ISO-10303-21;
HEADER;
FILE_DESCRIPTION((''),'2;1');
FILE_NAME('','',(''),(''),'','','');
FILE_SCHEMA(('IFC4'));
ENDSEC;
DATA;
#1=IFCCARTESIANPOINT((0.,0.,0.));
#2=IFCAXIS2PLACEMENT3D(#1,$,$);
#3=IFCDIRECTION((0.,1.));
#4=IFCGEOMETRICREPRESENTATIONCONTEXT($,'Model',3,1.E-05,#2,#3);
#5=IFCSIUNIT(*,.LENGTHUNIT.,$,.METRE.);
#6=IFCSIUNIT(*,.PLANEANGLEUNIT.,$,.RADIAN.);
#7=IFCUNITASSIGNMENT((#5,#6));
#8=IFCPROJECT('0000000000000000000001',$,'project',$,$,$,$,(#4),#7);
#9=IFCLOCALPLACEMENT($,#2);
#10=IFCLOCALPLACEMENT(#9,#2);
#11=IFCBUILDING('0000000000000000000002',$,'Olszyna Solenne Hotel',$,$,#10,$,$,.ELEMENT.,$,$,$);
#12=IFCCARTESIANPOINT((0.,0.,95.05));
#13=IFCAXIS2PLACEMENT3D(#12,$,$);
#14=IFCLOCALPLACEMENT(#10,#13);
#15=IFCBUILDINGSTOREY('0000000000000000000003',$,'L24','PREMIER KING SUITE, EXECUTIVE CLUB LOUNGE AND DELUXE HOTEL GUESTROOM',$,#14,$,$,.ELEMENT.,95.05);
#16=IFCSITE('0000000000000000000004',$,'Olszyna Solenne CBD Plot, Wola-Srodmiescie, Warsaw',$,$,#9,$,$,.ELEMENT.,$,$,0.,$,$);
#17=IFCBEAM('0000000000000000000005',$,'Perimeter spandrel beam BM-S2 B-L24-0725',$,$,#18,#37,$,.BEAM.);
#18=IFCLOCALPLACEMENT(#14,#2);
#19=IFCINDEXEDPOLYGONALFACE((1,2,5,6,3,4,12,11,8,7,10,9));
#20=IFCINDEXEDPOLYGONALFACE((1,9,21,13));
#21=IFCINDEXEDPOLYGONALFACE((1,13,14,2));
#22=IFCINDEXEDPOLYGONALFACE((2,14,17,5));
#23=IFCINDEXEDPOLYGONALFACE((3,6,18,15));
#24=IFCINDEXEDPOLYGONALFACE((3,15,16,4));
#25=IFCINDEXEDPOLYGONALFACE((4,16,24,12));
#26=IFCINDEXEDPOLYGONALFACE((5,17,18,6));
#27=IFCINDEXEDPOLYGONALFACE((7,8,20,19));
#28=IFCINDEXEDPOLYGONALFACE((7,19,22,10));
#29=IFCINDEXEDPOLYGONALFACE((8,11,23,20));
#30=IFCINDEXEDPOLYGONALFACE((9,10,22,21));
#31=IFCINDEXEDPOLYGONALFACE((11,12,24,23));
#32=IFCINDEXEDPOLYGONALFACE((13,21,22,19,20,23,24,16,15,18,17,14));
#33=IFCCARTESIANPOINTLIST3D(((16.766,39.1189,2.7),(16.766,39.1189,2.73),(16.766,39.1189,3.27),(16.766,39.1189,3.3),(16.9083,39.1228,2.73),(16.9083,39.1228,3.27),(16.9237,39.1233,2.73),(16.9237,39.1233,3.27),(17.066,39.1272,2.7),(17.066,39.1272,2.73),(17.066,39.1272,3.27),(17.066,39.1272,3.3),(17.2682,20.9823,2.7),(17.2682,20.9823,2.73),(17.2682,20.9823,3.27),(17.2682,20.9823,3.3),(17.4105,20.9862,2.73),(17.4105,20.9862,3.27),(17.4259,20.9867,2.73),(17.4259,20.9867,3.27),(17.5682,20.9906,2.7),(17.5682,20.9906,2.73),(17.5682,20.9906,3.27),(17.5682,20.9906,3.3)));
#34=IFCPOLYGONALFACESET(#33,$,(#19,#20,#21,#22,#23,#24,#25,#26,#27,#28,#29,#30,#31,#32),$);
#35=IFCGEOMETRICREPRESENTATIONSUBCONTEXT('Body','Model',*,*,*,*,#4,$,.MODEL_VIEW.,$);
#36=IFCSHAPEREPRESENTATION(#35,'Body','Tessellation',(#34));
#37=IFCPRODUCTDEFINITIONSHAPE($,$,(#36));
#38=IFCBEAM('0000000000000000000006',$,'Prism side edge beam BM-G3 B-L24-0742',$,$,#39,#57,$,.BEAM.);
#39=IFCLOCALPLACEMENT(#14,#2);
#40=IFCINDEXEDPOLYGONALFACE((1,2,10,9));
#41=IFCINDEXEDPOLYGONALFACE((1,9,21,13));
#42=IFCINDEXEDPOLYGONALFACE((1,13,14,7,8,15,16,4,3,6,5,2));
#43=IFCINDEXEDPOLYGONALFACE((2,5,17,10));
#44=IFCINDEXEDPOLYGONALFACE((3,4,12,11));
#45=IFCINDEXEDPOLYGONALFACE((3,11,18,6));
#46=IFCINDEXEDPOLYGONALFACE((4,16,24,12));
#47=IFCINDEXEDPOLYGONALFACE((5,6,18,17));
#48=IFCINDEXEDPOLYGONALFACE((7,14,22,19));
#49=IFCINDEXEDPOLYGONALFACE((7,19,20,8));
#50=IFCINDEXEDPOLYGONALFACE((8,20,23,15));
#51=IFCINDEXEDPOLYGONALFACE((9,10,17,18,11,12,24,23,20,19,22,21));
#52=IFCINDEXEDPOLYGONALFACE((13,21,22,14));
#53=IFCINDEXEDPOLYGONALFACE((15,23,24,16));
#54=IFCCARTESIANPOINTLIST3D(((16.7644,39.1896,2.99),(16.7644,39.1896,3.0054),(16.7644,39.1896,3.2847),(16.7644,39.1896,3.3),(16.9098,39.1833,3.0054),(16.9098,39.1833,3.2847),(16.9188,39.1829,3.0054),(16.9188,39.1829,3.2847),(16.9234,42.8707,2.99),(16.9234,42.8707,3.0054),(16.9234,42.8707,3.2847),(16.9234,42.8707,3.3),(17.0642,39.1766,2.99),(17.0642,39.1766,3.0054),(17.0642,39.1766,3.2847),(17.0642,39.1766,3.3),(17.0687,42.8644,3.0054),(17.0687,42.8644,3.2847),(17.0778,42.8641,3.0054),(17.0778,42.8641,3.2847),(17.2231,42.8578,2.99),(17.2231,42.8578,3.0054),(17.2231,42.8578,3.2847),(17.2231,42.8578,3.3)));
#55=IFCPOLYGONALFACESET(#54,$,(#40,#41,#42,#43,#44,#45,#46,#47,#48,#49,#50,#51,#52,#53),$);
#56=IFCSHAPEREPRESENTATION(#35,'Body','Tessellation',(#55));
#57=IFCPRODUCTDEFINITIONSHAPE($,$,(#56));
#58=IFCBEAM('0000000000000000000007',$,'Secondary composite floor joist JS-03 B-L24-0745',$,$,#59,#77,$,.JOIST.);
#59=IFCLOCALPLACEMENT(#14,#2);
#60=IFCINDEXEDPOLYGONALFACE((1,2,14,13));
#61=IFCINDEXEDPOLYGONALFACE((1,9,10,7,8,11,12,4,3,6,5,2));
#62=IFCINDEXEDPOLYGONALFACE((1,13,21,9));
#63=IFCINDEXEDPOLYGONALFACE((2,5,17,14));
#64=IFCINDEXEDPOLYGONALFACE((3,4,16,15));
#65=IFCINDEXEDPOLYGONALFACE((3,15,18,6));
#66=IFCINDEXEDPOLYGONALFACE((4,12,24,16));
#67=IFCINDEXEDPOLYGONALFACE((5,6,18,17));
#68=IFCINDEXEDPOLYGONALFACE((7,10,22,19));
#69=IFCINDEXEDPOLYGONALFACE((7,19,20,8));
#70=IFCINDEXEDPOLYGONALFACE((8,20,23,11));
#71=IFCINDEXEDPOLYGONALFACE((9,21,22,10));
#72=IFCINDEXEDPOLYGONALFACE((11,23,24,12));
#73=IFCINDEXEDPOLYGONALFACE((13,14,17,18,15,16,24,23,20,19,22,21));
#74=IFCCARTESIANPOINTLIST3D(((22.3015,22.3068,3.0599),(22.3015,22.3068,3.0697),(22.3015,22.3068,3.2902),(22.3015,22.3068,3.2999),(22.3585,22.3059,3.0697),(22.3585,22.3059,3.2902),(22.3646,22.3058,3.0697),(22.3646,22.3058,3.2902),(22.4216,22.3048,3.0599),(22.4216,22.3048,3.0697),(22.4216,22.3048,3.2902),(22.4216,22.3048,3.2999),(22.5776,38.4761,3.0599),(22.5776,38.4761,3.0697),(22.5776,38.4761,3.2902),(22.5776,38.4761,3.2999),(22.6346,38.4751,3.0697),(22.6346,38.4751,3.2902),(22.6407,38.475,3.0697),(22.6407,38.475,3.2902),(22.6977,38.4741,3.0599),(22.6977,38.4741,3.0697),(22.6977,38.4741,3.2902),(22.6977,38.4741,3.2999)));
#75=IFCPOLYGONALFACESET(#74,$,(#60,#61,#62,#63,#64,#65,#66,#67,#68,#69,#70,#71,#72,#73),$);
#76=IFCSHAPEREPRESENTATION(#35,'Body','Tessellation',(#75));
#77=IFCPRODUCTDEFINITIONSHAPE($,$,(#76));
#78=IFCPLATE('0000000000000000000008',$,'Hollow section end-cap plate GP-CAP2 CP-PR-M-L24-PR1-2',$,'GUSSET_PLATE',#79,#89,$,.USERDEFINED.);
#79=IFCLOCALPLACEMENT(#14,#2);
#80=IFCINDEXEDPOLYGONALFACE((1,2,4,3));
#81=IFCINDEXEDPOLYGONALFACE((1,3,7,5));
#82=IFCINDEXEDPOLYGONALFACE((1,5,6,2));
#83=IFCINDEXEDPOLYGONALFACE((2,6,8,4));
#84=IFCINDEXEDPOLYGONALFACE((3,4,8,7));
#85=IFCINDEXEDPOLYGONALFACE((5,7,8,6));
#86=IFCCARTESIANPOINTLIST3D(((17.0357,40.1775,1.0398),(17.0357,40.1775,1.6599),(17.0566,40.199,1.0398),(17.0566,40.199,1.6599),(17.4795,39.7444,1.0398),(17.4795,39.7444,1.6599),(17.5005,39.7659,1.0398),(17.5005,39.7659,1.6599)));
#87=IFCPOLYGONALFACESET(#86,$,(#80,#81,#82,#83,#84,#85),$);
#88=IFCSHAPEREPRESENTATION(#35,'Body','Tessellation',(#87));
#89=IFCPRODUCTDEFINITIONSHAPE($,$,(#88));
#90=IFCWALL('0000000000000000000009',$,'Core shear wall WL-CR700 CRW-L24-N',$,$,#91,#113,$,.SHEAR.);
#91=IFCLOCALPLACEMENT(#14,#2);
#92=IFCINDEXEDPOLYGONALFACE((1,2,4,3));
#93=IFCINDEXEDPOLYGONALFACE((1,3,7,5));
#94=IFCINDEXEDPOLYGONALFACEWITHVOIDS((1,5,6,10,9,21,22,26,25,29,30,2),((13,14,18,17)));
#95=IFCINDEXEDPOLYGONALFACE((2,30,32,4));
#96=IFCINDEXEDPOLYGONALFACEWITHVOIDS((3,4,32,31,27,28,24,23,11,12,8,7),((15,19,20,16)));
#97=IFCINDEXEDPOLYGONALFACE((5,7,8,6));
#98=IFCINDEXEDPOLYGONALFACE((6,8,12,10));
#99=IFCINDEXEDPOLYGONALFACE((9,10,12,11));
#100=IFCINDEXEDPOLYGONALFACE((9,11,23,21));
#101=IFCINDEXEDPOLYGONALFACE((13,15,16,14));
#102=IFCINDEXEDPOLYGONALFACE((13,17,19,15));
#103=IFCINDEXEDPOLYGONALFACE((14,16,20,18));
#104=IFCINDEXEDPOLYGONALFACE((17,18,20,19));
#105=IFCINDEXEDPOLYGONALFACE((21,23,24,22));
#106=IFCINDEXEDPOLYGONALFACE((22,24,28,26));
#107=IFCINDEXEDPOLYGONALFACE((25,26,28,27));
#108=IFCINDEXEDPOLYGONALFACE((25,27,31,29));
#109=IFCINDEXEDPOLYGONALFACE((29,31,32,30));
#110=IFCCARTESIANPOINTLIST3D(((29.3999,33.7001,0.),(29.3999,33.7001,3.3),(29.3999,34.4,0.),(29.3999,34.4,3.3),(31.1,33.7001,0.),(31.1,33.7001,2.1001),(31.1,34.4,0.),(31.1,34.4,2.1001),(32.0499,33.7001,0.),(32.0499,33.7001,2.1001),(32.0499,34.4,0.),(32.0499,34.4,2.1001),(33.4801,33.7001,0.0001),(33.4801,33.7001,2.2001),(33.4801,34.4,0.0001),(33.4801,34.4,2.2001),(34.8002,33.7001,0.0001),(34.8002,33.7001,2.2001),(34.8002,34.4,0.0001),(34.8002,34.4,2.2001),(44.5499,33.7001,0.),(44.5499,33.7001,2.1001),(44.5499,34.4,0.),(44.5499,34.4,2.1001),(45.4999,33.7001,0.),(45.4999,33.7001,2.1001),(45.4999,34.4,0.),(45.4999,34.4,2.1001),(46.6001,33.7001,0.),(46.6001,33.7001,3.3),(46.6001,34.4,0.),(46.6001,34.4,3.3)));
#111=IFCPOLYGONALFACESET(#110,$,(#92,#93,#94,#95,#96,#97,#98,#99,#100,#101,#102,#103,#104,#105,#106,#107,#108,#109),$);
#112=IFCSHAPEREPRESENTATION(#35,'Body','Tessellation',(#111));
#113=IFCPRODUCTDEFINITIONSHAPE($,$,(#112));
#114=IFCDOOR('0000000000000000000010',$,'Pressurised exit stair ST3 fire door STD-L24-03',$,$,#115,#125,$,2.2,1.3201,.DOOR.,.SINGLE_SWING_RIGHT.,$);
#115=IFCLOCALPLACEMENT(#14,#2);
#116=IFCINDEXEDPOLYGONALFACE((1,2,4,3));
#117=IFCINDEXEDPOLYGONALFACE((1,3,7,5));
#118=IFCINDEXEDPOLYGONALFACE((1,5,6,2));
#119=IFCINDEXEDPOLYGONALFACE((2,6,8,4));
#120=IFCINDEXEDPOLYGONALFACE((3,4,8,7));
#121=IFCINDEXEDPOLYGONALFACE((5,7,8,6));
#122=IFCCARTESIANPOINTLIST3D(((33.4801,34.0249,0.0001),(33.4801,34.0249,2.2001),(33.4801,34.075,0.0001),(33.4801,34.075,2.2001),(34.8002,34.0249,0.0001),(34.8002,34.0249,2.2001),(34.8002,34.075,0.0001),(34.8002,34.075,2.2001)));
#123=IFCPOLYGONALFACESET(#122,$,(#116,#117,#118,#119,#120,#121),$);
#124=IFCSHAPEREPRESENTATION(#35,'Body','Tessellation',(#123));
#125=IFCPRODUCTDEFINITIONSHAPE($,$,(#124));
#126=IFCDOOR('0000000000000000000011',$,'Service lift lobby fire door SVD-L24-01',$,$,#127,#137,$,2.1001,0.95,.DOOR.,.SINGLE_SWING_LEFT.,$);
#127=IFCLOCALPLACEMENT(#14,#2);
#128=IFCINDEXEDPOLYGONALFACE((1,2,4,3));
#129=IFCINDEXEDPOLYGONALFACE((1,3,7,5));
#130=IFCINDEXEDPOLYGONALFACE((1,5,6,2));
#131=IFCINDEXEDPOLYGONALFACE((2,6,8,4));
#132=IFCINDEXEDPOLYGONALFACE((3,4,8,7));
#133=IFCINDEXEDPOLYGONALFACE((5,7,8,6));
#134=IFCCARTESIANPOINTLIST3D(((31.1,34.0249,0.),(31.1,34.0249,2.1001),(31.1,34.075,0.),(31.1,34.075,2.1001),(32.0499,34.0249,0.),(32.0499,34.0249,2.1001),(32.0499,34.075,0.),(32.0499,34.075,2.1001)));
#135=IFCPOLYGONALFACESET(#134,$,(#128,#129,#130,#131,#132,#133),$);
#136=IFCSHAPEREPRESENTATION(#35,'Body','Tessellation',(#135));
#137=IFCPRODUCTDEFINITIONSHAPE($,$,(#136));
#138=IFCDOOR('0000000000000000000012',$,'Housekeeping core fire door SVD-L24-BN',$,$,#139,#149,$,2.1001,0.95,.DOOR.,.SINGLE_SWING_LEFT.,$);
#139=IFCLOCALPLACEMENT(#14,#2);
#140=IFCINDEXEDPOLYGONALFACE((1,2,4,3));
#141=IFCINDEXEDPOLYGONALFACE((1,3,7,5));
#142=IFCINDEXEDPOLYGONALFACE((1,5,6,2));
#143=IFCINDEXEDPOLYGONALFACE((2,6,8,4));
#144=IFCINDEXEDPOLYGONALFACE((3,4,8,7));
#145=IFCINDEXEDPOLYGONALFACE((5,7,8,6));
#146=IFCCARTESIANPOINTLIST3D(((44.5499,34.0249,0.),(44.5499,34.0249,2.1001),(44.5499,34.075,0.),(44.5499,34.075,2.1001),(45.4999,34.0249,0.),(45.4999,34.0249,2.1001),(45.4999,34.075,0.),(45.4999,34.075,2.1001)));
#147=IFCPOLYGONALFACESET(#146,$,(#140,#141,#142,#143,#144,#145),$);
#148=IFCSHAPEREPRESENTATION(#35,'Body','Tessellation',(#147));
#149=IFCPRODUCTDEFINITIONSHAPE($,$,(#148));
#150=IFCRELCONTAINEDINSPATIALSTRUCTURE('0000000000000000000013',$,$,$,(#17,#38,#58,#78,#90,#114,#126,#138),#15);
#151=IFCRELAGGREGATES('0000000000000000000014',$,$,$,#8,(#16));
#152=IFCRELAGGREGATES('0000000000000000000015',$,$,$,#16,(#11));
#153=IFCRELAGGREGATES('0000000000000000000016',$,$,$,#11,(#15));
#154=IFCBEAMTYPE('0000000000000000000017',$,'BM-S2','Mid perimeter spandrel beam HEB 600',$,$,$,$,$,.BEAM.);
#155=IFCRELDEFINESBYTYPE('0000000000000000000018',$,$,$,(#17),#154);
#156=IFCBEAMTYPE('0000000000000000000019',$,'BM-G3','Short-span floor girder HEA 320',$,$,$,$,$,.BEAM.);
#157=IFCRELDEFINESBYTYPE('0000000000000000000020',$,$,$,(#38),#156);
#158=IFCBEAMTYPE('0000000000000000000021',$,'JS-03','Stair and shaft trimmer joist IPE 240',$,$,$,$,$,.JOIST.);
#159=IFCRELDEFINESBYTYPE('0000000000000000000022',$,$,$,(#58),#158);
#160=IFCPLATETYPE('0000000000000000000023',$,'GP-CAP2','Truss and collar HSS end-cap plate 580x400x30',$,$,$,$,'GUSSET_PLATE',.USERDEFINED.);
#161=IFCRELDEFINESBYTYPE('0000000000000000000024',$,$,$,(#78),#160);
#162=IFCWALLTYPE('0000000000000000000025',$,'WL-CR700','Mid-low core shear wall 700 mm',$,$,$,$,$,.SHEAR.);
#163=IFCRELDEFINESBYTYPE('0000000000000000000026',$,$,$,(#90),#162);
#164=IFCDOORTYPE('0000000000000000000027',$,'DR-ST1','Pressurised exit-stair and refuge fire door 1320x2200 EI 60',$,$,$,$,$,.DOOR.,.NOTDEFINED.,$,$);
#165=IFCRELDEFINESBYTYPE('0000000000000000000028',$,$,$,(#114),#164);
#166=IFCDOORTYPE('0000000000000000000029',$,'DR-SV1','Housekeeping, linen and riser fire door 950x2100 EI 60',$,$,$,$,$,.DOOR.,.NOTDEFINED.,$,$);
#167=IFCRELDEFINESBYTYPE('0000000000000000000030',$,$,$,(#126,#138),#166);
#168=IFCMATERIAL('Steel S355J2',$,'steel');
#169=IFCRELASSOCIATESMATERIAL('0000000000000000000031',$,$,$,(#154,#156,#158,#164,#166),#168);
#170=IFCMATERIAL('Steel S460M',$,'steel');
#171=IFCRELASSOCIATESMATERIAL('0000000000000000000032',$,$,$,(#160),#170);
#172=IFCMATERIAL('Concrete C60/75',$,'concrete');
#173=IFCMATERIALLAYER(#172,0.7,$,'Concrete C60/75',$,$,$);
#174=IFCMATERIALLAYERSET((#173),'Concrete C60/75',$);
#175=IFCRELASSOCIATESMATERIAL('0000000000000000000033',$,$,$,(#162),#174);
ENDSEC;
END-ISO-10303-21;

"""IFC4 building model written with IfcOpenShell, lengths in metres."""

from ifc_helpers import new_model, si_unit, direction, frame, frame_2d, origin, origin_2d, place, context, subcontext, project, spatial, rectangle, i_section, extrude, source, transform, mapped, material, layer, layer_set, material_profile, profile_set, type_object, type_shapes, element, fill, save


model = new_model("IFC4")

# Units and contexts
model_context = context("Model", 3, precision=1e-05, world=origin(), true_north=direction((0.0, 1.0)))
body_context = subcontext(model_context, "Body", "Model", "MODEL_VIEW")
ifc_project = project(units=[si_unit("LENGTHUNIT", "METRE"), si_unit("PLANEANGLEUNIT", "RADIAN")], contexts=[model_context])

# Site, building, storey
site_placement = place(None, origin())
site = spatial("IfcSite", under=ifc_project, at=site_placement, Name="Olszyna Solenne CBD Plot, Wola-Srodmiescie, Warsaw", CompositionType="ELEMENT", RefElevation=0.0)
building_placement = place(site_placement, origin())
building = spatial("IfcBuilding", under=site, at=building_placement, Name="Olszyna Solenne Hotel", CompositionType="ELEMENT")
storey_placement = place(building_placement, frame((0.0, 0.0, 95.05)))
storey = spatial("IfcBuildingStorey", under=building, at=storey_placement, Name="L24", Description="PREMIER KING SUITE, EXECUTIVE CLUB LOUNGE AND DELUXE HOTEL GUESTROOM", CompositionType="ELEMENT", Elevation=95.05)

# Beams
ifc_material_1 = material(Name="Steel S355J2", Category="steel")
ifc_material_profile_1 = material_profile(ifc_material_1, i_section(OverallWidth=0.3, OverallDepth=0.6001, WebThickness=0.0154, FlangeThickness=0.03, at=origin_2d()), Name="HEB 600", Category="load-bearing")
ifc_profile_set_1 = profile_set([ifc_material_profile_1], Name="Steel S355J2")
beam_type_1 = type_object("IfcBeamType", Name="BM-S2", Description="Mid perimeter spandrel beam HEB 600", PredefinedType="BEAM", material=ifc_profile_set_1)
shared_shape_1 = source(origin(), body_context, "Body", "SweptSolid", [
    extrude(i_section(OverallWidth=0.3, OverallDepth=0.6001, WebThickness=0.0154, FlangeThickness=0.03, at=origin_2d()), origin(), (0.0, 0.0, 1.0), 18.1436),
])
beam_1_placement = place(storey_placement, frame((16.916, 39.123, 3.0), z_axis=(0.027679, -0.999617, 0.0), x_axis=(0.999617, 0.027679, 0.0)))
element("IfcBeam", 1, at=beam_1_placement, inside=storey, type_object=beam_type_1, Name="Perimeter spandrel beam BM-S2 B-L24-0725", PredefinedType="BEAM", context=body_context, shape_type="MappedRepresentation", body=[
    mapped(shared_shape_1, transform((0.0, 0.0, 0.0), x_axis=(1.0, 0.0, 0.0), y_axis=(0.0, 1.0, 0.0), z_axis=(0.0, 0.0, 1.0), scale=1.0)),
])
ifc_material_profile_2 = material_profile(ifc_material_1, i_section(OverallWidth=0.3, OverallDepth=0.3101, WebThickness=0.009, FlangeThickness=0.0154, at=origin_2d()), Name="HEA 320", Category="load-bearing")
ifc_profile_set_2 = profile_set([ifc_material_profile_2], Name="Steel S355J2")
beam_type_2 = type_object("IfcBeamType", Name="BM-G3", Description="Short-span floor girder HEA 320", PredefinedType="BEAM", material=ifc_profile_set_2)
shared_shape_2 = source(origin(), body_context, "Body", "SweptSolid", [
    extrude(i_section(OverallWidth=0.3, OverallDepth=0.3101, WebThickness=0.009, FlangeThickness=0.0154, at=origin_2d()), origin(), (0.0, 0.0, 1.0), 3.6846),
])
beam_2_placement = place(storey_placement, frame((16.9143, 39.1831, 3.145), z_axis=(0.043135, 0.999069, 0.0), x_axis=(-0.999069, 0.043135, 0.0)))
element("IfcBeam", 2, at=beam_2_placement, inside=storey, type_object=beam_type_2, Name="Prism side edge beam BM-G3 B-L24-0742", PredefinedType="BEAM", context=body_context, shape_type="MappedRepresentation", body=[
    mapped(shared_shape_2, transform((0.0, 0.0, 0.0), x_axis=(1.0, 0.0, 0.0), y_axis=(0.0, 1.0, 0.0), z_axis=(0.0, 0.0, 1.0), scale=1.0)),
])
ifc_material_profile_3 = material_profile(ifc_material_1, i_section(OverallWidth=0.1201, OverallDepth=0.24, WebThickness=0.0061, FlangeThickness=0.0098, at=origin_2d()), Name="IPE 240", Category="load-bearing")
ifc_profile_set_3 = profile_set([ifc_material_profile_3], Name="Steel S355J2")
beam_type_3 = type_object("IfcBeamType", Name="JS-03", Description="Stair and shaft trimmer joist IPE 240", PredefinedType="JOIST", material=ifc_profile_set_3)
shared_shape_3 = source(origin(), body_context, "Body", "SweptSolid", [
    extrude(i_section(OverallWidth=0.1201, OverallDepth=0.24, WebThickness=0.0061, FlangeThickness=0.0098, at=origin_2d()), origin(), (0.0, 0.0, 1.0), 16.1716),
])
beam_3_placement = place(storey_placement, frame((22.6377, 38.4751, 3.1799), z_axis=(-0.017075, -0.999854, 0.0), x_axis=(0.999854, -0.017075, 0.0)))
element("IfcBeam", 3, at=beam_3_placement, inside=storey, type_object=beam_type_3, Name="Secondary composite floor joist JS-03 B-L24-0745", PredefinedType="JOIST", context=body_context, shape_type="MappedRepresentation", body=[
    mapped(shared_shape_3, transform((0.0, 0.0, 0.0), x_axis=(1.0, 0.0, 0.0), y_axis=(0.0, 1.0, 0.0), z_axis=(0.0, 0.0, 1.0), scale=1.0)),
])

# Plate
ifc_material_2 = material(Name="Steel S460M", Category="steel")
plate_type = type_object("IfcPlateType", Name="GP-CAP2", Description="Truss and collar HSS end-cap plate 580x400x30", ElementType="GUSSET_PLATE", PredefinedType="USERDEFINED", material=ifc_material_2)
shared_shape_4 = source(origin(), body_context, "Body", "SweptSolid", [
    extrude(rectangle(XDim=0.03, YDim=0.6201, at=origin_2d()), origin(), (0.0, 0.0, 1.0), 0.6201),
])
plate_placement = place(storey_placement, frame((17.2681, 39.9717, 1.0398), z_axis=(0.0, 0.0, 1.0), x_axis=(-0.698415, -0.715693, 0.0)))
element("IfcPlate", 4, at=plate_placement, inside=storey, type_object=plate_type, Name="Hollow section end-cap plate GP-CAP2 CP-PR-M-L24-PR1-2", ObjectType="GUSSET_PLATE", PredefinedType="USERDEFINED", context=body_context, shape_type="MappedRepresentation", body=[
    mapped(shared_shape_4, transform((0.0, 0.0, 0.0), x_axis=(1.0, 0.0, 0.0), y_axis=(0.0, 1.0, 0.0), z_axis=(0.0, 0.0, 1.0), scale=1.0)),
])

# Wall, openings, doors
ifc_material_3 = material(Name="Concrete C60/75", Category="concrete")
ifc_layer_1 = layer(ifc_material_3, 0.7, Name="Concrete C60/75")
ifc_layer_set_1 = layer_set([ifc_layer_1], Name="Concrete C60/75")
wall_type_1 = type_object("IfcWallType", Name="WL-CR700", Description="Mid-low core shear wall 700 mm", PredefinedType="SHEAR", material=ifc_layer_set_1)
wall_1_placement = place(storey_placement, frame((29.3999, 34.05, 0.0), z_axis=(0.0, 0.0, 1.0), x_axis=(1.0, 0.0, 0.0)))
wall_1 = element("IfcWall", 5, at=wall_1_placement, inside=storey, type_object=wall_type_1, Name="Core shear wall WL-CR700 CRW-L24-N", PredefinedType="SHEAR", context=body_context, shape_type="SweptSolid", body=[
    extrude(rectangle(XDim=17.2002, YDim=0.7, at=frame_2d((8.6001, 0.0))), origin(), (0.0, 0.0, 1.0), 3.3),
])
opening_1_placement = place(wall_1_placement, frame((1.7, 0.0, 0.0)))
opening_1 = element("IfcOpeningElement", 6, at=opening_1_placement, cuts=wall_1, PredefinedType="OPENING", context=body_context, shape_type="SweptSolid", body=[
    extrude(rectangle(XDim=0.95, YDim=2.1001, at=frame_2d((0.4751, 1.05))), frame((0.0, 0.3599, 0.0), z_axis=(0.0, -1.0, 0.0), x_axis=(1.0, 0.0, 0.0)), (0.0, 0.0, 1.0), 0.72),
])
opening_2_placement = place(wall_1_placement, frame((4.0801, 0.0, 0.0)))
opening_2 = element("IfcOpeningElement", 7, at=opening_2_placement, cuts=wall_1, PredefinedType="OPENING", context=body_context, shape_type="SweptSolid", body=[
    extrude(rectangle(XDim=1.3201, YDim=2.2, at=frame_2d((0.6602, 1.1001))), frame((0.0, 0.3599, 0.0), z_axis=(0.0, -1.0, 0.0), x_axis=(1.0, 0.0, 0.0)), (0.0, 0.0, 1.0), 0.72),
])
opening_3_placement = place(wall_1_placement, frame((15.1499, 0.0, 0.0)))
opening_3 = element("IfcOpeningElement", 8, at=opening_3_placement, cuts=wall_1, PredefinedType="OPENING", context=body_context, shape_type="SweptSolid", body=[
    extrude(rectangle(XDim=0.95, YDim=2.1001, at=frame_2d((0.4751, 1.05))), frame((0.0, 0.3599, 0.0), z_axis=(0.0, -1.0, 0.0), x_axis=(1.0, 0.0, 0.0)), (0.0, 0.0, 1.0), 0.72),
])
door_type_1 = type_object("IfcDoorType", Name="DR-ST1", Description="Pressurised exit-stair and refuge fire door 1320x2200 EI 60", OperationType="NOTDEFINED", PredefinedType="DOOR", material=ifc_material_1)
shared_shape_5 = source(origin(), body_context, "Body", "SweptSolid", [
    extrude(rectangle(XDim=1.3201, YDim=2.2, at=frame_2d((0.6602, 1.1001))), frame((0.0, 0.0249, 0.0), z_axis=(0.0, -1.0, 0.0), x_axis=(1.0, 0.0, 0.0)), (0.0, 0.0, 1.0), 0.05),
])
type_shapes(door_type_1, [shared_shape_5])
door_1_placement = place(opening_2_placement, origin())
door_1 = element("IfcDoor", 9, at=door_1_placement, inside=storey, type_object=door_type_1, Name="Pressurised exit stair ST3 fire door STD-L24-03", OperationType="SINGLE_SWING_RIGHT", OverallHeight=2.2, OverallWidth=1.3201, PredefinedType="DOOR", context=body_context, shape_type="MappedRepresentation", body=[
    mapped(shared_shape_5, transform((0.0, 0.0, 0.0), x_axis=(1.0, 0.0, 0.0), y_axis=(0.0, 1.0, 0.0), z_axis=(0.0, 0.0, 1.0), scale=1.0)),
])
fill(opening_2, door_1)
door_type_2 = type_object("IfcDoorType", Name="DR-SV1", Description="Housekeeping, linen and riser fire door 950x2100 EI 60", OperationType="NOTDEFINED", PredefinedType="DOOR", material=ifc_material_1)
shared_shape_6 = source(origin(), body_context, "Body", "SweptSolid", [
    extrude(rectangle(XDim=0.95, YDim=2.1001, at=frame_2d((0.4751, 1.05))), frame((0.0, 0.0249, 0.0), z_axis=(0.0, -1.0, 0.0), x_axis=(1.0, 0.0, 0.0)), (0.0, 0.0, 1.0), 0.05),
])
type_shapes(door_type_2, [shared_shape_6])
door_2_placement = place(opening_1_placement, origin())
door_2 = element("IfcDoor", 10, at=door_2_placement, inside=storey, type_object=door_type_2, Name="Service lift lobby fire door SVD-L24-01", OperationType="SINGLE_SWING_LEFT", OverallHeight=2.1001, OverallWidth=0.95, PredefinedType="DOOR", context=body_context, shape_type="MappedRepresentation", body=[
    mapped(shared_shape_6, transform((0.0, 0.0, 0.0), x_axis=(1.0, 0.0, 0.0), y_axis=(0.0, 1.0, 0.0), z_axis=(0.0, 0.0, 1.0), scale=1.0)),
])
fill(opening_1, door_2)
door_3_placement = place(opening_3_placement, origin())
door_3 = element("IfcDoor", 11, at=door_3_placement, inside=storey, type_object=door_type_2, Name="Housekeeping core fire door SVD-L24-BN", OperationType="SINGLE_SWING_LEFT", OverallHeight=2.1001, OverallWidth=0.95, PredefinedType="DOOR", context=body_context, shape_type="MappedRepresentation", body=[
    mapped(shared_shape_6, transform((0.0, 0.0, 0.0), x_axis=(1.0, 0.0, 0.0), y_axis=(0.0, 1.0, 0.0), z_axis=(0.0, 0.0, 1.0), scale=1.0)),
])
fill(opening_3, door_3)

save(model, "model.ifc")
